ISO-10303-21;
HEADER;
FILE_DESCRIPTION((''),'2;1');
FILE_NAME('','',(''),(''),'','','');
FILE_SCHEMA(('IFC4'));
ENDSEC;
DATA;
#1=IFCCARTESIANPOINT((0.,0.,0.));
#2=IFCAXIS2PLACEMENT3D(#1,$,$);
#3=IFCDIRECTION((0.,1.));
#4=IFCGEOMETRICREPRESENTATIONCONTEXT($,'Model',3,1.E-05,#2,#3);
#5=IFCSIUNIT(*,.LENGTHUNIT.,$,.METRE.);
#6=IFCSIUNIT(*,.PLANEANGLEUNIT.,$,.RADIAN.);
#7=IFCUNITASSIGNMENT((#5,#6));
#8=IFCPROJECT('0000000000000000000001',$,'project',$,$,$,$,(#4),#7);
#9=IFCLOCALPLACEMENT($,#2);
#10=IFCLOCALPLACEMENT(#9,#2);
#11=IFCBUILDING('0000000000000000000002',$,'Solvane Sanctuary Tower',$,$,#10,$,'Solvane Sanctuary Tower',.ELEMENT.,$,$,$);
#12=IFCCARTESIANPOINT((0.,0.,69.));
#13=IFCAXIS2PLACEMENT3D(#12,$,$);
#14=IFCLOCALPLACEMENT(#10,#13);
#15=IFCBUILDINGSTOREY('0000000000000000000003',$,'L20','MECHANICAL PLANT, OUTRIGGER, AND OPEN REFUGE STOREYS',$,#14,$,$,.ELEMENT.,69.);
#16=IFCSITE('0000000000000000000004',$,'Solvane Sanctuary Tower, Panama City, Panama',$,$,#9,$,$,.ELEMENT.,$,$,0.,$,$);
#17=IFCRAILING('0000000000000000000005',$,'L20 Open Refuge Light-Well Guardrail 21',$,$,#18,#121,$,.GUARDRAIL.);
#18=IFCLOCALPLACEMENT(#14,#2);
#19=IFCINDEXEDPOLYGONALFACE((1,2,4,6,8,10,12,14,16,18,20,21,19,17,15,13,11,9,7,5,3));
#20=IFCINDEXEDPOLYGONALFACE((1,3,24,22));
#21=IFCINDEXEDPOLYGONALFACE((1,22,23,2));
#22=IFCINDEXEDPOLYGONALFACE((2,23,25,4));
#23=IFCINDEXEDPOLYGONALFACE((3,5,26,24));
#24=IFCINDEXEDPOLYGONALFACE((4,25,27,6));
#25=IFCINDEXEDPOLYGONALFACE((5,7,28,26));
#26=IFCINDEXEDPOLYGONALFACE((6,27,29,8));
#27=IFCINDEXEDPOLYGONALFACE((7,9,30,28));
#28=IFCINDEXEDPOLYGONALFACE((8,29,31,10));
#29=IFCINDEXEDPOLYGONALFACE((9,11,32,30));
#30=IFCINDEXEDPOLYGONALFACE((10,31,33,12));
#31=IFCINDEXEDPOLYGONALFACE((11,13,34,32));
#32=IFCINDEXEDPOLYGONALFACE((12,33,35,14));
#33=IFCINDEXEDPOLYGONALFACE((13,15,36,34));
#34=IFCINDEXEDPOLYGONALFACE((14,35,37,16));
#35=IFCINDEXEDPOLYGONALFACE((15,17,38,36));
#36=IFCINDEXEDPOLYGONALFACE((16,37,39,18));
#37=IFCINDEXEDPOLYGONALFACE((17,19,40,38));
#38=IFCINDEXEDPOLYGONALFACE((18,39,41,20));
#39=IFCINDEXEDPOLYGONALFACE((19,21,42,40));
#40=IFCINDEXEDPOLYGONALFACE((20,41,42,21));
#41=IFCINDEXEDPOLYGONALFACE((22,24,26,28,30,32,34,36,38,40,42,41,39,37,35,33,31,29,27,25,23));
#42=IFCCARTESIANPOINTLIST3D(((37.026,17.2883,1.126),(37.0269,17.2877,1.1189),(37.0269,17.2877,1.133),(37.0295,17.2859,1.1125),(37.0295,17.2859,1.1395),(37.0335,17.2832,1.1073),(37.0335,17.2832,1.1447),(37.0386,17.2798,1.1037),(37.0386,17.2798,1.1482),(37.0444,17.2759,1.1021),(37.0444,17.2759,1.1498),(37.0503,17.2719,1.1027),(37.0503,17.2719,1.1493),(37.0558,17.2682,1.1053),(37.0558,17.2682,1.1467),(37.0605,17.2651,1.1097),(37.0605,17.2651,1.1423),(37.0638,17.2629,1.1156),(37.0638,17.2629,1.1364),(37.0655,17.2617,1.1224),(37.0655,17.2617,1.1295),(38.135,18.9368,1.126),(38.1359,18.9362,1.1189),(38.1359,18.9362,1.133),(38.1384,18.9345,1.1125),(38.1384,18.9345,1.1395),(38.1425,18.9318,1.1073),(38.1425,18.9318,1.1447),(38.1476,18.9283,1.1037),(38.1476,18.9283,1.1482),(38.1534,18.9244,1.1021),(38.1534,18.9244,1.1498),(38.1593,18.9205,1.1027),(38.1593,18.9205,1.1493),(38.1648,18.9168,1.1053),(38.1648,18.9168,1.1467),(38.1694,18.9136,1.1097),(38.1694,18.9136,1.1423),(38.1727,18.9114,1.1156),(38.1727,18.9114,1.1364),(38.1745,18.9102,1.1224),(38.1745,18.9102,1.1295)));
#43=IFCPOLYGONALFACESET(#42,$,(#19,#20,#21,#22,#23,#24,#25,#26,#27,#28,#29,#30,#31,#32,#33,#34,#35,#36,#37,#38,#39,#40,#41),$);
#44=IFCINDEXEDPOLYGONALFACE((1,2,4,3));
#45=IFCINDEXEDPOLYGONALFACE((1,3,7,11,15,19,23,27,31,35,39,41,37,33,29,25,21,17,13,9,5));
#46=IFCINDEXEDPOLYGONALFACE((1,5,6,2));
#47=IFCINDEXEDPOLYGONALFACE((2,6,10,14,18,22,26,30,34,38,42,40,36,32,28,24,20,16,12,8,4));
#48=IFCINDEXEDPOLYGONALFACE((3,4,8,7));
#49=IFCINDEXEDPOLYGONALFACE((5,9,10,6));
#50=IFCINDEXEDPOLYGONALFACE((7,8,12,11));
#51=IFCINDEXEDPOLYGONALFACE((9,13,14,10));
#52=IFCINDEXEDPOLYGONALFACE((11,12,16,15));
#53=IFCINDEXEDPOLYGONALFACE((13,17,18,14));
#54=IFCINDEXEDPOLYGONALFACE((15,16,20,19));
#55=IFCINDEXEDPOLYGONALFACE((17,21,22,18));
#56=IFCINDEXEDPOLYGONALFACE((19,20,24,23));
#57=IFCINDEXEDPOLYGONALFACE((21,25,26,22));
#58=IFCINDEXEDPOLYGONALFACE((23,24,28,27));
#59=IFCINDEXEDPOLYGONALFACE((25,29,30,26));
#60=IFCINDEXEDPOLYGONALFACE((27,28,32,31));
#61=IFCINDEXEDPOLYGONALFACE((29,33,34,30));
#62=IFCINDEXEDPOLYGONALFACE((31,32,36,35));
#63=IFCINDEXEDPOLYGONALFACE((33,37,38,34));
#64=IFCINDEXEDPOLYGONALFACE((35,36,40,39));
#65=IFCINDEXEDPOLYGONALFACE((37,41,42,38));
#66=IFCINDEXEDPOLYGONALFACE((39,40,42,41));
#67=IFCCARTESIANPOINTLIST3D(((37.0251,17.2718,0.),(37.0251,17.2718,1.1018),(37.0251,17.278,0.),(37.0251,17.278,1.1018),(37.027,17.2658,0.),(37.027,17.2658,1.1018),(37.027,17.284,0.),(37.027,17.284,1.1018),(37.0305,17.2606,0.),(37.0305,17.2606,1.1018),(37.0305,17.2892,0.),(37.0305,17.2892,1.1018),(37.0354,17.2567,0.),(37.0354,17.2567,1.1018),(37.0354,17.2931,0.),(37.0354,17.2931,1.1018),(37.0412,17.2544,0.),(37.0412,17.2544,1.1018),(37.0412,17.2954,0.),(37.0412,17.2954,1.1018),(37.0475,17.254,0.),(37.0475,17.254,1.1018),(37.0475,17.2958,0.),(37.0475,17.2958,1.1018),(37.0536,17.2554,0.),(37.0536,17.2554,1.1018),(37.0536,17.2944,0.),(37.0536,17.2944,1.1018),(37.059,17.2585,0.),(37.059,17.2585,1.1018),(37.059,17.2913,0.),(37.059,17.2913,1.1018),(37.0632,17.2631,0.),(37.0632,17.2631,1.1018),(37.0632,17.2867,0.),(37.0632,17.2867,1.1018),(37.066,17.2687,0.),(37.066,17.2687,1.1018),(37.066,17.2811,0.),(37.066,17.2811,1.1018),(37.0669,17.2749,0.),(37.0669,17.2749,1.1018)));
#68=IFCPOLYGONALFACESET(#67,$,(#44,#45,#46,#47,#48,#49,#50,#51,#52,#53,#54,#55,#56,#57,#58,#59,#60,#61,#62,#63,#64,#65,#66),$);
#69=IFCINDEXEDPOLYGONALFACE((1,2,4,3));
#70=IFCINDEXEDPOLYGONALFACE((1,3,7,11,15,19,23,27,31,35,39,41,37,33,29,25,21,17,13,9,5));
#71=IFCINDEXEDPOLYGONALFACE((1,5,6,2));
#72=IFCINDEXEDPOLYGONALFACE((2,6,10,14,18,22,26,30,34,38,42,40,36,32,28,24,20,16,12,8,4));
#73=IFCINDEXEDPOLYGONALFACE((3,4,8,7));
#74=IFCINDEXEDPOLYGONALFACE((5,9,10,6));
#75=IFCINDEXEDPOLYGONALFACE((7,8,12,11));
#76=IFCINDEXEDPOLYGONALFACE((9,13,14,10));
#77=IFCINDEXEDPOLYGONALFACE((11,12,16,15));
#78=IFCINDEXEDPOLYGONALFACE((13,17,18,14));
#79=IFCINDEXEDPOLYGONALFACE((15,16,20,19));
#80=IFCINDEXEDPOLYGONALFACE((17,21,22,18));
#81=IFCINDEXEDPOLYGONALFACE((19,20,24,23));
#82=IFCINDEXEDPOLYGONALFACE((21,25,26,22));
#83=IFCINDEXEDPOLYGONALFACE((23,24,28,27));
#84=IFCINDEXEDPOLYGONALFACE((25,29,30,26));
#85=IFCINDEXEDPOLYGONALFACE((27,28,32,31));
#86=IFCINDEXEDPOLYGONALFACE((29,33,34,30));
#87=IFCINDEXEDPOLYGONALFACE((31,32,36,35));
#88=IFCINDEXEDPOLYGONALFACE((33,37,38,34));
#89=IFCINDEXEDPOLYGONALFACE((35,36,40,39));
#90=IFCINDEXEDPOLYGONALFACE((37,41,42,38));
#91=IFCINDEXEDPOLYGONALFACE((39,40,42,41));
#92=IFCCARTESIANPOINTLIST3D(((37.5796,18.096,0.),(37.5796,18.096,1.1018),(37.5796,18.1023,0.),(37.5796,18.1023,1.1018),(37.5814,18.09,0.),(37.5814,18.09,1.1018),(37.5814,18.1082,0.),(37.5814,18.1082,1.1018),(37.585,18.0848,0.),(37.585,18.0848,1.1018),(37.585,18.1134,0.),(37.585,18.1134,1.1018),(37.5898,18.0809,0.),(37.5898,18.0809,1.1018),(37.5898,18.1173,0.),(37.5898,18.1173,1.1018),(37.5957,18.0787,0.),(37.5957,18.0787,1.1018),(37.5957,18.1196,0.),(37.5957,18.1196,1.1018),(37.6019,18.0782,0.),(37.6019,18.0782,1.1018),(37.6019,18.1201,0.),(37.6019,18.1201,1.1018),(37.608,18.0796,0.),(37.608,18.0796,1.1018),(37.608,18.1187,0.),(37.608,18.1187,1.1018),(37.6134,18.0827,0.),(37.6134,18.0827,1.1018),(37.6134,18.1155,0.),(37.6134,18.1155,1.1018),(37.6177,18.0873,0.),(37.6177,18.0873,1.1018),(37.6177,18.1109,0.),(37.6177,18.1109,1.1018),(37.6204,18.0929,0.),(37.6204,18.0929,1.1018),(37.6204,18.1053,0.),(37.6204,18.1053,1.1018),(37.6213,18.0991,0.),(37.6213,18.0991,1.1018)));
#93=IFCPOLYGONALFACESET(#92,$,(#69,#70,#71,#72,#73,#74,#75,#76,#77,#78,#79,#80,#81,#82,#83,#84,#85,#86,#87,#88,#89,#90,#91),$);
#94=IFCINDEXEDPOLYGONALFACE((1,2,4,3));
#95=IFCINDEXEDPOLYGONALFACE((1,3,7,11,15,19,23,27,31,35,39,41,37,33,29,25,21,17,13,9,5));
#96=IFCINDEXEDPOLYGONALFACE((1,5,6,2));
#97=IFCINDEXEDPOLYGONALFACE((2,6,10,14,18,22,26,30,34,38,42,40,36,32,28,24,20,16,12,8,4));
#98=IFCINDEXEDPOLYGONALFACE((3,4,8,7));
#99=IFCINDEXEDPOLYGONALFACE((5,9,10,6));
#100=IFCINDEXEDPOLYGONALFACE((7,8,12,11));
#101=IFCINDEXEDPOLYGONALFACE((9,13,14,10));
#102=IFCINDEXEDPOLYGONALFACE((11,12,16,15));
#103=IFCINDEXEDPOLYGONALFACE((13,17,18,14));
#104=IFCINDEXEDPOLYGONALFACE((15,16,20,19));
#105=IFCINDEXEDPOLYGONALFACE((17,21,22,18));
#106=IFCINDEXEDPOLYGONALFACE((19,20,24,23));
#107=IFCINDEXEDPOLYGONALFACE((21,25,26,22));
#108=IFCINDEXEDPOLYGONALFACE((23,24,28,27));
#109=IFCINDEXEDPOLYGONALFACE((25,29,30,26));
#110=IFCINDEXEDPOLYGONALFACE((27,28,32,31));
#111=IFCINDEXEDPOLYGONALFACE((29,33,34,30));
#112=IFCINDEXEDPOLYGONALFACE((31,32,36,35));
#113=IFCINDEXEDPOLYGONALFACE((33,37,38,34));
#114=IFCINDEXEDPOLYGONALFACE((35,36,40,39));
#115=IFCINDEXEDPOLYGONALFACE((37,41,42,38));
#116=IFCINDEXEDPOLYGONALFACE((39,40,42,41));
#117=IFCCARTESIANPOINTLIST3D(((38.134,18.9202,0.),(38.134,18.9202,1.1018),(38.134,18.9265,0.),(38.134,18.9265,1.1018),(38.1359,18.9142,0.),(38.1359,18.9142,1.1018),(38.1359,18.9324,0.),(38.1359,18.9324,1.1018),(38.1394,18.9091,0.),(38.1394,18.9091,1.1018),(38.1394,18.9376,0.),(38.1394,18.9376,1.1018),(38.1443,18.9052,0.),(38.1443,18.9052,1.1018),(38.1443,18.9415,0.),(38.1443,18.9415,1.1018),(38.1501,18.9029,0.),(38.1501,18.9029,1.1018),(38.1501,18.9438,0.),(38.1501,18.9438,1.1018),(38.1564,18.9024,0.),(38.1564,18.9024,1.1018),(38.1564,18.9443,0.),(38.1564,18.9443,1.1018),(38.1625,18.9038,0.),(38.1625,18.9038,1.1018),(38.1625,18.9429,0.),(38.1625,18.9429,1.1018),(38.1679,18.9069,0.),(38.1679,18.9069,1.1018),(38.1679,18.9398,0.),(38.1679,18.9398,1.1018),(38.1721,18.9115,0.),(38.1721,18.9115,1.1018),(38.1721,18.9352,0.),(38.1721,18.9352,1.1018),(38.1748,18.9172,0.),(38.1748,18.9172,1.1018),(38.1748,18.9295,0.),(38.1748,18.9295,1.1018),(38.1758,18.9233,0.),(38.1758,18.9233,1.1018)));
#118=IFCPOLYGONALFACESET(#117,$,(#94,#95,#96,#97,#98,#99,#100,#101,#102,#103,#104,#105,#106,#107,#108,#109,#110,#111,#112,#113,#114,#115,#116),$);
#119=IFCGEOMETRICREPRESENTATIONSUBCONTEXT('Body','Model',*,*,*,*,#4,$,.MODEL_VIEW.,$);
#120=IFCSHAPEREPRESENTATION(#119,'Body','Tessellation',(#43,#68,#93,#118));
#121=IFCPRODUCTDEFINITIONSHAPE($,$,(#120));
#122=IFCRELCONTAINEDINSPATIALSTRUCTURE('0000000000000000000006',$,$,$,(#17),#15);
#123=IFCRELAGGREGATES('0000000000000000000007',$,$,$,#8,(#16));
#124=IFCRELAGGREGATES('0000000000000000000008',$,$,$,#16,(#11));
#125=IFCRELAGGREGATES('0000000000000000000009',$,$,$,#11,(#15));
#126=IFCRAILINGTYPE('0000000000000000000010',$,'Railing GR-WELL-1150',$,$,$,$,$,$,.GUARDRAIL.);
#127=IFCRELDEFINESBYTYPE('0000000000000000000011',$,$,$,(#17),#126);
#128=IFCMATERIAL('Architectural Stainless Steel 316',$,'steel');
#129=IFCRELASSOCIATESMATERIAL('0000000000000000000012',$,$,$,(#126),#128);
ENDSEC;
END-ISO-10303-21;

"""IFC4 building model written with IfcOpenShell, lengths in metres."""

from ifc_helpers import new_model, si_unit, direction, frame, origin, origin_2d, place, context, subcontext, project, spatial, circle, extrude, material, type_object, element, save


model = new_model("IFC4")

# Units and contexts
model_context = context("Model", 3, precision=1e-05, world=origin(), true_north=direction((0.0, 1.0)))
body_context = subcontext(model_context, "Body", "Model", "MODEL_VIEW")
ifc_project = project(units=[si_unit("LENGTHUNIT", "METRE"), si_unit("PLANEANGLEUNIT", "RADIAN")], contexts=[model_context])

# Site, building, storey
site_placement = place(None, origin())
site = spatial("IfcSite", under=ifc_project, at=site_placement, Name="Solvane Sanctuary Tower, Panama City, Panama", CompositionType="ELEMENT", RefElevation=0.0)
building_placement = place(site_placement, origin())
building = spatial("IfcBuilding", under=site, at=building_placement, Name="Solvane Sanctuary Tower", LongName="Solvane Sanctuary Tower", CompositionType="ELEMENT")
storey_placement = place(building_placement, frame((0.0, 0.0, 69.0)))
storey = spatial("IfcBuildingStorey", under=building, at=storey_placement, Name="L20", Description="MECHANICAL PLANT, OUTRIGGER, AND OPEN REFUGE STOREYS", CompositionType="ELEMENT", Elevation=69.0)

# Shared definitions
ifc_material_1 = material(Name="Architectural Stainless Steel 316", Category="steel")

# Railing
railing_type_1 = type_object("IfcRailingType", Name="Railing GR-WELL-1150", PredefinedType="GUARDRAIL", material=ifc_material_1)
railing_1_placement = place(storey_placement, frame((37.0459, 17.2749, 0.0)))
element("IfcRailing", 1, at=railing_1_placement, inside=storey, type_object=railing_type_1, Name="L20 Open Refuge Light-Well Guardrail 21", PredefinedType="GUARDRAIL", context=body_context, shape_type="SweptSolid", body=[
    extrude(circle(Radius=0.0239, at=origin_2d()), frame((0.0, 0.0, 1.126), z_axis=(0.558155, 0.829737, 0.0), x_axis=(-0.829737, 0.558155, 0.0)), (0.0, 0.0, 1.0), 1.9868),
    extrude(circle(Radius=0.021, at=origin_2d()), origin(), (0.0, 0.0, 1.0), 1.1018),
    extrude(circle(Radius=0.021, at=origin_2d()), frame((0.5544, 0.8242, 0.0)), (0.0, 0.0, 1.0), 1.1018),
    extrude(circle(Radius=0.021, at=origin_2d()), frame((1.1089, 1.6484, 0.0)), (0.0, 0.0, 1.0), 1.1018),
])

save(model, "model.ifc")
